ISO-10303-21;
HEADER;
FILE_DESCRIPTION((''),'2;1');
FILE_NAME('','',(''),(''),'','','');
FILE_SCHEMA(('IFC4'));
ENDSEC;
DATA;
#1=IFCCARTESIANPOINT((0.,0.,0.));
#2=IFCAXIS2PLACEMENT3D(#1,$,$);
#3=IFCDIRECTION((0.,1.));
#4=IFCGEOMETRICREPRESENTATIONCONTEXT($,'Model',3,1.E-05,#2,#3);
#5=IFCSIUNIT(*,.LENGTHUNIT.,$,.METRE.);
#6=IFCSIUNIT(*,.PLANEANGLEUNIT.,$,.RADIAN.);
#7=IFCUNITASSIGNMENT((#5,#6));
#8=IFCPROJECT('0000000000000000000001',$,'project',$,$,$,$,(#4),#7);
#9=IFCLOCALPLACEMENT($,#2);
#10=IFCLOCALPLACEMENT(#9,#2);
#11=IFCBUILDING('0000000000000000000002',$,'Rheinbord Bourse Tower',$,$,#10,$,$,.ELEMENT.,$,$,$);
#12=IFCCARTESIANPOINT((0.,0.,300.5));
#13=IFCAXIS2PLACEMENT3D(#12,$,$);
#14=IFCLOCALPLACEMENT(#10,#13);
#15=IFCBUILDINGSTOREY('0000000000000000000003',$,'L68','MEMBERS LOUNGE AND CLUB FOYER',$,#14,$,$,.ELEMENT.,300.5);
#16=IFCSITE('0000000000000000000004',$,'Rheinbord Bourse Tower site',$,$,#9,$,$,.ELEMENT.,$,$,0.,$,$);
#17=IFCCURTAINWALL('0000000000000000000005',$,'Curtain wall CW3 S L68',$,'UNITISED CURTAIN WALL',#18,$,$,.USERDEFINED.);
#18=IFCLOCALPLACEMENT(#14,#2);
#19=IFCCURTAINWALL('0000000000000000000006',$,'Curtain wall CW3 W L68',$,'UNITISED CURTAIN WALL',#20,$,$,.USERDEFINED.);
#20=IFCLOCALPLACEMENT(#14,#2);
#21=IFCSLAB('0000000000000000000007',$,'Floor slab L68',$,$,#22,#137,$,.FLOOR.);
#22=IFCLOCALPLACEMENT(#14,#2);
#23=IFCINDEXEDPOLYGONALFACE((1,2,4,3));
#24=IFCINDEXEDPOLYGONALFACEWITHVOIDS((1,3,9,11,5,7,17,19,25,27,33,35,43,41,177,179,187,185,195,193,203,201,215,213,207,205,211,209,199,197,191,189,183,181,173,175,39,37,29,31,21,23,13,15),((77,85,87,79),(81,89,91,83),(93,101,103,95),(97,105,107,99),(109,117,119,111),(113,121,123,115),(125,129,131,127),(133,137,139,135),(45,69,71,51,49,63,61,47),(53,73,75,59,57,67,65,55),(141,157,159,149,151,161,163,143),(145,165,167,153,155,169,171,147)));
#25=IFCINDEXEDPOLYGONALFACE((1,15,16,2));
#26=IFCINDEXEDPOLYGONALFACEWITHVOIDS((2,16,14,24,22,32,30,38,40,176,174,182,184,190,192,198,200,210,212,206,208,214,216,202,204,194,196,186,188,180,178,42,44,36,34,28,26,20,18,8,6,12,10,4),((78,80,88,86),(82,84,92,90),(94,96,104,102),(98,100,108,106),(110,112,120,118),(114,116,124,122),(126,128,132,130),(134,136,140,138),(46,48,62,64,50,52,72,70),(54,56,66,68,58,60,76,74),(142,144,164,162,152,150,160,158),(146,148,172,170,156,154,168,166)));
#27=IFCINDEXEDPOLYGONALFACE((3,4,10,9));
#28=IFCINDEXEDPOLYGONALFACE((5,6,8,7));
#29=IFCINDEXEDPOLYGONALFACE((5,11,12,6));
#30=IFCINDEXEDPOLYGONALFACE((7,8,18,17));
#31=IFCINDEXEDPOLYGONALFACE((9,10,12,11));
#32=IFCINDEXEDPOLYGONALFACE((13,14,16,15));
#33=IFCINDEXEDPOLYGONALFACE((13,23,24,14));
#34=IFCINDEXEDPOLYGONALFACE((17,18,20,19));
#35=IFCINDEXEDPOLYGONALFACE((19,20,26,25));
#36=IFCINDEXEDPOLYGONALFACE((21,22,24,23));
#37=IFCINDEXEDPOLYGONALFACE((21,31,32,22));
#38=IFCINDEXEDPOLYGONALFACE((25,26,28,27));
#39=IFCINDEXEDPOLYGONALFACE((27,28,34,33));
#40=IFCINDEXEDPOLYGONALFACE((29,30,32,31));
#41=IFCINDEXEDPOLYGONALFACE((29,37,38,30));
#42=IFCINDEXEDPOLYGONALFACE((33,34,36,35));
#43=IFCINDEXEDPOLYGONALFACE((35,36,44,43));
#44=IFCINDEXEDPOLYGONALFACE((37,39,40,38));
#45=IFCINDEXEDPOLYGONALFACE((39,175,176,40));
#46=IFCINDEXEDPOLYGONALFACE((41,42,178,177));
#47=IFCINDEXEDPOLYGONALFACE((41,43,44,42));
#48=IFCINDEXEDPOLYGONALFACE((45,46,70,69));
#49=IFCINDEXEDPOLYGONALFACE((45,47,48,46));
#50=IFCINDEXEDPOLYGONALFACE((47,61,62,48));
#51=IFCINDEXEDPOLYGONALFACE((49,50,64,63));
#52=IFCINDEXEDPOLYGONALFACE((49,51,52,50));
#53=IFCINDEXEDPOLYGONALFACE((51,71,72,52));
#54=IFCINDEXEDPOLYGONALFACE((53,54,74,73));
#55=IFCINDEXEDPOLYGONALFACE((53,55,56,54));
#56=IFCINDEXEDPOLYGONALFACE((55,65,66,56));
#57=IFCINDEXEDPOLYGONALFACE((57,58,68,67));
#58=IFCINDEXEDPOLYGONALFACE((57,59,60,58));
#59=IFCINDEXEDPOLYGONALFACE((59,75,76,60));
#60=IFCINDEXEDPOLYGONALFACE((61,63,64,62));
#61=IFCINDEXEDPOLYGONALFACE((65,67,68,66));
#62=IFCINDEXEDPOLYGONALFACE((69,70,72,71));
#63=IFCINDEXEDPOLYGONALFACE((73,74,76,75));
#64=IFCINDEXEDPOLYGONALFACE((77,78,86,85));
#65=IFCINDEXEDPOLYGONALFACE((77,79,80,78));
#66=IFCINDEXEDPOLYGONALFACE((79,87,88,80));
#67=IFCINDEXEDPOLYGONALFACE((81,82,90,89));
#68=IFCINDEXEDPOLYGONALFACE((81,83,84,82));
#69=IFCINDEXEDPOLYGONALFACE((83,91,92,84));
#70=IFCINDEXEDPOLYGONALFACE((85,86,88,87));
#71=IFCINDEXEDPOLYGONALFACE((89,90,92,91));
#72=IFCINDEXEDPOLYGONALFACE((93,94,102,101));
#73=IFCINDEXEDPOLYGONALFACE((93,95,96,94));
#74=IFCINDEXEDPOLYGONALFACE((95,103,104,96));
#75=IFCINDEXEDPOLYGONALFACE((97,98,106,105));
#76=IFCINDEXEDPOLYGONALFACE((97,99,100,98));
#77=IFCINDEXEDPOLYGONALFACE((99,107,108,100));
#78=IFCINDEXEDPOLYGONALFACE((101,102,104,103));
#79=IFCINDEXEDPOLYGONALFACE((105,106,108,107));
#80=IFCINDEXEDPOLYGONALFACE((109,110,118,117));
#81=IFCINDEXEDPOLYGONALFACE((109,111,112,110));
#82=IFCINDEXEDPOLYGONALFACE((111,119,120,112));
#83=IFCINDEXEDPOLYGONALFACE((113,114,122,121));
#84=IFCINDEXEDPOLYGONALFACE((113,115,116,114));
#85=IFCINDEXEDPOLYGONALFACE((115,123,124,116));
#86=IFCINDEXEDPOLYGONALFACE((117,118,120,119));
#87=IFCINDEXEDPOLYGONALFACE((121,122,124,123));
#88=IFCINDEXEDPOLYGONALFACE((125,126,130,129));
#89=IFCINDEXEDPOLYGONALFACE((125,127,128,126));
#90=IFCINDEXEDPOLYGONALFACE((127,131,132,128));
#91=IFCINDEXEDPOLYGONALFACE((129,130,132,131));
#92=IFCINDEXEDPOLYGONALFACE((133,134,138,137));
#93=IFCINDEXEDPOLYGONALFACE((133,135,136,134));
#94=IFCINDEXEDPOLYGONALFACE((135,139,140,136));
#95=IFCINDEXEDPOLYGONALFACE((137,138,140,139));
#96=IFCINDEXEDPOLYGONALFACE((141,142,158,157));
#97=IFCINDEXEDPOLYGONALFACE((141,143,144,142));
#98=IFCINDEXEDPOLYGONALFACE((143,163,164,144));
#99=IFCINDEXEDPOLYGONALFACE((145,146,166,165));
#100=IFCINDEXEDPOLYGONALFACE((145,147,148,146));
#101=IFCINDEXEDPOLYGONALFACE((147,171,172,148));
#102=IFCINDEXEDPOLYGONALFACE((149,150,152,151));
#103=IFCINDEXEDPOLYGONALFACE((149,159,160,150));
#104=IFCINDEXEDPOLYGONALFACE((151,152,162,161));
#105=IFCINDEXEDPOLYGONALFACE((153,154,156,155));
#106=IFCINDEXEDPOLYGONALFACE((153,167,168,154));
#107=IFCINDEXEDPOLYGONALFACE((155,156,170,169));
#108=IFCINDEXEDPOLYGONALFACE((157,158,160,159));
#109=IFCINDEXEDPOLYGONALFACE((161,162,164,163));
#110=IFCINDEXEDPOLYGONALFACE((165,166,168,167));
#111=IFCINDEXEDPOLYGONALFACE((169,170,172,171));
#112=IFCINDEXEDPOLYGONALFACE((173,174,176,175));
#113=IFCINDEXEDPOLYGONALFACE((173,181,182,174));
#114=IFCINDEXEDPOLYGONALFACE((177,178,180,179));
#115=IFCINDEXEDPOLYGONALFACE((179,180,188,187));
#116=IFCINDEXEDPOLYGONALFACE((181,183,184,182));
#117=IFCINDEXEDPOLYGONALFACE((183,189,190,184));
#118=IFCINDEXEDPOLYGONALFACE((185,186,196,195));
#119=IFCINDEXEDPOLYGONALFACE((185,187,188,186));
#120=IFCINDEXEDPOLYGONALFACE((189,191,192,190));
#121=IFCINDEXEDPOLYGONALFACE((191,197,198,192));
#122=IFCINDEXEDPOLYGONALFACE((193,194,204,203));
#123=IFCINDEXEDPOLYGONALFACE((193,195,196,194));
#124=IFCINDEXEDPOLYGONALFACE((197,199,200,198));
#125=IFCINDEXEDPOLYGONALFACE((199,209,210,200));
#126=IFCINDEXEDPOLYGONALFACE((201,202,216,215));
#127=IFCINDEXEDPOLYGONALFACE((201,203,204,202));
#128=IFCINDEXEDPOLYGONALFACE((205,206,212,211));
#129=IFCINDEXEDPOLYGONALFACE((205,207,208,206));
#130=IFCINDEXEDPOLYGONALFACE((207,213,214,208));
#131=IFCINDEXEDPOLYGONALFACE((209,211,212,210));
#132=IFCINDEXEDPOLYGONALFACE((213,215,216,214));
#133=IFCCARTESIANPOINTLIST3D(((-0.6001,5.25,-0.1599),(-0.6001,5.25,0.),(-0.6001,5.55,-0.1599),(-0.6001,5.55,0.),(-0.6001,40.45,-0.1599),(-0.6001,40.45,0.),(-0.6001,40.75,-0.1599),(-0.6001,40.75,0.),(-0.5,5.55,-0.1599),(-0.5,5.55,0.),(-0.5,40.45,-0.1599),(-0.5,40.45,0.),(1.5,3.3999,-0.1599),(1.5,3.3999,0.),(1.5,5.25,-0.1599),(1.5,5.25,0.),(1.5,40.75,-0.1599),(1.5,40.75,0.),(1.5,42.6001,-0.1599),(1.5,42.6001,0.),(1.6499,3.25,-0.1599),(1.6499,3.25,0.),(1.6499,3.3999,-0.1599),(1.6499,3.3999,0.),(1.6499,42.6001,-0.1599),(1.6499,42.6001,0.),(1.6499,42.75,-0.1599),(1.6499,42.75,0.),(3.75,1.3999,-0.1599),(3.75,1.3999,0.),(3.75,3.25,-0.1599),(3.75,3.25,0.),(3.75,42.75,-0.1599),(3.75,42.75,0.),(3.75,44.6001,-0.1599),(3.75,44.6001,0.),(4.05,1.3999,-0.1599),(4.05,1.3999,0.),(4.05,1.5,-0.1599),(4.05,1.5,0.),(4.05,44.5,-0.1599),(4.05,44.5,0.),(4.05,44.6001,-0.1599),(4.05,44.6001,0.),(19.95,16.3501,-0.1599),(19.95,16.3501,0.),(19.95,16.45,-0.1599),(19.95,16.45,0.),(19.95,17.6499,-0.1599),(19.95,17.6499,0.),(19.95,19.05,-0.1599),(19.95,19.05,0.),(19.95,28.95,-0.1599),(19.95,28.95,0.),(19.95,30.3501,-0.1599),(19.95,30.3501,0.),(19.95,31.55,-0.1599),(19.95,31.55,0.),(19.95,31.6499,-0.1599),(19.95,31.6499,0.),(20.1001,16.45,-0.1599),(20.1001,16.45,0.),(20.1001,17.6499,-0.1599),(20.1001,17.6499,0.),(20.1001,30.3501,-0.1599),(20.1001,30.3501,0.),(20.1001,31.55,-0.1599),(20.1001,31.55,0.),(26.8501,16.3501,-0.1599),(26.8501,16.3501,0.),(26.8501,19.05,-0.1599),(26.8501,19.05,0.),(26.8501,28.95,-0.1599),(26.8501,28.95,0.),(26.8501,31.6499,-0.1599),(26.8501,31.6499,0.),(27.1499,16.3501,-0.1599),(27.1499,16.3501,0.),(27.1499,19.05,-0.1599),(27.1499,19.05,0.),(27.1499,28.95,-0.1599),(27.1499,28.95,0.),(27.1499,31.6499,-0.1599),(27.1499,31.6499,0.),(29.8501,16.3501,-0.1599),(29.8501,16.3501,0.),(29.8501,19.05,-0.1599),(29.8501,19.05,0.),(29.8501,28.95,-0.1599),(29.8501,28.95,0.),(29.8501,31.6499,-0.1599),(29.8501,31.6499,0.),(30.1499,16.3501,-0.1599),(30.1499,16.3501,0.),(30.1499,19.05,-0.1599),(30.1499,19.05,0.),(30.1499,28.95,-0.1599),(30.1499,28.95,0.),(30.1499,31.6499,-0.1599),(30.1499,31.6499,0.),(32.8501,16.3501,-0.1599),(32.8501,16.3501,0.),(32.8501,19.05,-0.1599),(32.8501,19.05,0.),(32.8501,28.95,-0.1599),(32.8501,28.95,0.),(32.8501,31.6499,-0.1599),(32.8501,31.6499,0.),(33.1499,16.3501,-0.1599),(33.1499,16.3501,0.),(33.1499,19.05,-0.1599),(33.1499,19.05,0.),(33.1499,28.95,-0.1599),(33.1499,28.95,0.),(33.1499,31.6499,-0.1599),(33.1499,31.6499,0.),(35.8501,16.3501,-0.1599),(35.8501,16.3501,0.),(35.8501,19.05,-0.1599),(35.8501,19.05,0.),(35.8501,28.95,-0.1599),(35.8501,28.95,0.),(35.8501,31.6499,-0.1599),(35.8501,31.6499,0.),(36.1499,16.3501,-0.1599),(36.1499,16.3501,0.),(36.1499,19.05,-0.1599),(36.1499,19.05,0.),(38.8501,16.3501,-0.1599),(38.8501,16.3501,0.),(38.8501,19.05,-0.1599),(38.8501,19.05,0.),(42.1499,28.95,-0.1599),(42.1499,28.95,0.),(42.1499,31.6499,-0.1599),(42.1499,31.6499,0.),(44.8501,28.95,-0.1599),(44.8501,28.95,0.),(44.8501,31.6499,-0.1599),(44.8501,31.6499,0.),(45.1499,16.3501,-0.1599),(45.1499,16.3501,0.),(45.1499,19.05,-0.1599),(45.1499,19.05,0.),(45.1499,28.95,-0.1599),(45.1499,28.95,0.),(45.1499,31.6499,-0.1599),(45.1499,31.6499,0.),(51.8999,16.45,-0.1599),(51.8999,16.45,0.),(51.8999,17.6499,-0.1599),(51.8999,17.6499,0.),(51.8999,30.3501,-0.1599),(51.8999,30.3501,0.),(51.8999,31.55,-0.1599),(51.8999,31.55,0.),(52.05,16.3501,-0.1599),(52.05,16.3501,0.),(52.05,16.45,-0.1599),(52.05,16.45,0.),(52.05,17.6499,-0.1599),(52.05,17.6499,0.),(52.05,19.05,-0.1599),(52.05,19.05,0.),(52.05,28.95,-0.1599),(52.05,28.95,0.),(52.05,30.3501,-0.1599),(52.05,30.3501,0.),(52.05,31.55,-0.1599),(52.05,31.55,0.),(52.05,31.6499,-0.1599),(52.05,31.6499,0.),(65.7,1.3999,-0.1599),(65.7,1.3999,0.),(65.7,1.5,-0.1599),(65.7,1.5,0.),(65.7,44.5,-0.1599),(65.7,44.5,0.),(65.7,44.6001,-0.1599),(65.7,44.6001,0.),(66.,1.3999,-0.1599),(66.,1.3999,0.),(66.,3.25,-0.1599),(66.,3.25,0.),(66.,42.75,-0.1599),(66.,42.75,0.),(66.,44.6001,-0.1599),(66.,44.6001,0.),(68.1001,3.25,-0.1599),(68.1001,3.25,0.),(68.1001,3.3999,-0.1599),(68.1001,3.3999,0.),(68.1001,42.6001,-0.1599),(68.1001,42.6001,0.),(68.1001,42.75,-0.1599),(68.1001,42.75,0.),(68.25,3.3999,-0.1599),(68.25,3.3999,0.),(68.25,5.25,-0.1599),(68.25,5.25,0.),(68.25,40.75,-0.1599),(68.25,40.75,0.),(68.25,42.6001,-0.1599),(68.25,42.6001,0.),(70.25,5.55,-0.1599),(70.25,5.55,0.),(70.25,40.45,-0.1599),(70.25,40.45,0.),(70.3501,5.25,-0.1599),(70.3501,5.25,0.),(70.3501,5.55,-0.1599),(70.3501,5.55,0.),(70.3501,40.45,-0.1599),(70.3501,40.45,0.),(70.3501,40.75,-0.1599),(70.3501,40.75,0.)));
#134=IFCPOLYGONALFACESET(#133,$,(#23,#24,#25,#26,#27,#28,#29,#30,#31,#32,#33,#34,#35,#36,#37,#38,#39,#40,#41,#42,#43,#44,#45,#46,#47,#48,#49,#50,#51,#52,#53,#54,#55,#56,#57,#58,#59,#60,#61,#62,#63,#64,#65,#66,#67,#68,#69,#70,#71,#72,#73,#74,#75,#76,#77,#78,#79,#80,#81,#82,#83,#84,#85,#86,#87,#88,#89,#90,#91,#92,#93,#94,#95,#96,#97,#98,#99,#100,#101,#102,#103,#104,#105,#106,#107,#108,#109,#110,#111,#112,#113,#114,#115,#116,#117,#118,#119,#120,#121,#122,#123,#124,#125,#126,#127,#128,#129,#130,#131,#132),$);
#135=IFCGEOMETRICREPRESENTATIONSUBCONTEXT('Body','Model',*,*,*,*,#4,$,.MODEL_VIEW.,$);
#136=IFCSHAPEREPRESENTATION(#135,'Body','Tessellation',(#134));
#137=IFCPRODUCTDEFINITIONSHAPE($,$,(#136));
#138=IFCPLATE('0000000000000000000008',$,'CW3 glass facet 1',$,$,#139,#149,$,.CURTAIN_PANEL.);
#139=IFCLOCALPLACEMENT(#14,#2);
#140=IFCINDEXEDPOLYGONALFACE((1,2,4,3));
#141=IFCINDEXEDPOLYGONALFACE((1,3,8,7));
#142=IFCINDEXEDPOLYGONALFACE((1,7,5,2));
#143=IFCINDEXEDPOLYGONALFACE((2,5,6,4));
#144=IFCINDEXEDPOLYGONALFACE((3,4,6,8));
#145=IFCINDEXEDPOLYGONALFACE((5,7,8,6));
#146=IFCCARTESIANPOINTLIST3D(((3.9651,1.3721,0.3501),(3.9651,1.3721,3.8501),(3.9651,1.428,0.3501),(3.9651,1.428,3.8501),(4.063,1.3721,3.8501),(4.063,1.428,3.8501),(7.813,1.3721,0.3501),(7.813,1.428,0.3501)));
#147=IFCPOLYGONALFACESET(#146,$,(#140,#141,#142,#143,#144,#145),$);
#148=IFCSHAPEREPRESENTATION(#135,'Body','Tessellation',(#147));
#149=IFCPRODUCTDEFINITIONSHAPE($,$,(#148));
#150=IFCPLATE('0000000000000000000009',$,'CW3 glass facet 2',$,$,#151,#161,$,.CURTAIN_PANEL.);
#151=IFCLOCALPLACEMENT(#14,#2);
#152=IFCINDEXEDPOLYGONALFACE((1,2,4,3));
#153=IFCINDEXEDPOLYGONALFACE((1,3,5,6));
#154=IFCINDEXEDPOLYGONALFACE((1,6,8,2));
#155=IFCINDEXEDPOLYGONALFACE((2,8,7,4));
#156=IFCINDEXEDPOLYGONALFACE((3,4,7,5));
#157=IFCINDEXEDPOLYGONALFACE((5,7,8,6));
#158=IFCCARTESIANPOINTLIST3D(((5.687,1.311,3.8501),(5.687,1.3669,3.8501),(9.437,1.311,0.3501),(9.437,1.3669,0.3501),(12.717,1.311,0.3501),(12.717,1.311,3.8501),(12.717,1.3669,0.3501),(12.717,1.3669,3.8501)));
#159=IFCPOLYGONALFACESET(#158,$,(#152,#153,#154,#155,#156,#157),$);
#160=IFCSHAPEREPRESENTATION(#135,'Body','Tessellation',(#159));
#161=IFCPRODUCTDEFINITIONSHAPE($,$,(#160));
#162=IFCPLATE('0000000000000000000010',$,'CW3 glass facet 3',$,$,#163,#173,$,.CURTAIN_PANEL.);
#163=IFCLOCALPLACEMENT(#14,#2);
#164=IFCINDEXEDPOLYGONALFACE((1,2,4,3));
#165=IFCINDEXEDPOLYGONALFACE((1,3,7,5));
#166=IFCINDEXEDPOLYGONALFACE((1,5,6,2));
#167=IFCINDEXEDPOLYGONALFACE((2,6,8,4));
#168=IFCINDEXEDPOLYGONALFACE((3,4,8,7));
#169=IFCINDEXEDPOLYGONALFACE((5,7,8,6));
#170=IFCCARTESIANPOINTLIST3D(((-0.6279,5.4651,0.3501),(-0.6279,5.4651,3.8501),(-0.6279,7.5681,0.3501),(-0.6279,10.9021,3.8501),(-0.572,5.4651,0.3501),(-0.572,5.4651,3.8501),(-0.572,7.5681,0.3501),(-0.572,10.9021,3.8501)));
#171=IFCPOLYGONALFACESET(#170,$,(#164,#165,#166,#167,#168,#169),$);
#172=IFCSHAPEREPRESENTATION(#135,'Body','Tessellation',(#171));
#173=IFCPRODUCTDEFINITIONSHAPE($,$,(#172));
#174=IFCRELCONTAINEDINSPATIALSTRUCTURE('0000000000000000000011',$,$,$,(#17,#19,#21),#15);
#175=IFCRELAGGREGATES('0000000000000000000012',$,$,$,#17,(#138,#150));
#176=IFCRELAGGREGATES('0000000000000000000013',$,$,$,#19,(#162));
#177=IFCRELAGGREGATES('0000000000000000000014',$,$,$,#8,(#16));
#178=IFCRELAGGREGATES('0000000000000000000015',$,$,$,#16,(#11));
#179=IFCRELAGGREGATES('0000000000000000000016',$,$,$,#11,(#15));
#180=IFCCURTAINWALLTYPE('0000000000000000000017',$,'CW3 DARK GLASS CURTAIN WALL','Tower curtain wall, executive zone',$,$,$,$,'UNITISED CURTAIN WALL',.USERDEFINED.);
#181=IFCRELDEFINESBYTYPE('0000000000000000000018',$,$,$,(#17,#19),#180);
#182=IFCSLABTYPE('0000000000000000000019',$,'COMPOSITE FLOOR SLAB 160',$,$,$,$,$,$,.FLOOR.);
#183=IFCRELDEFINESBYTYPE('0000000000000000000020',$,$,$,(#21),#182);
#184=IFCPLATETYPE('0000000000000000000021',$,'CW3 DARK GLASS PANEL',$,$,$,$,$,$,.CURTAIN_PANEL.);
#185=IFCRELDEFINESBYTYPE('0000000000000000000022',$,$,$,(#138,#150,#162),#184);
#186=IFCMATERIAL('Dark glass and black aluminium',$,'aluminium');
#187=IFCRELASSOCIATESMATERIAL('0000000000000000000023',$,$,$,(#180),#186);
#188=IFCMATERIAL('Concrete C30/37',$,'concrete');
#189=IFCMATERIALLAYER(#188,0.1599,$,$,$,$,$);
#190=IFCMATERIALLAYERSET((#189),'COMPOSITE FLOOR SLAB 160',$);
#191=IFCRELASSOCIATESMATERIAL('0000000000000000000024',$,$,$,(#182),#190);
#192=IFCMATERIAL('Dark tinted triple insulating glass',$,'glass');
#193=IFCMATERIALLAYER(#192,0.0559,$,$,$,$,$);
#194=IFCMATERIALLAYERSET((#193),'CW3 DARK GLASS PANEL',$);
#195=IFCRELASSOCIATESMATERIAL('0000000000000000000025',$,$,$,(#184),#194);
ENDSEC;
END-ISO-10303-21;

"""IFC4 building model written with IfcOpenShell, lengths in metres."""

from ifc_helpers import new_model, si_unit, direction, frame, origin, place, context, subcontext, project, spatial, polyline, outline, extrude, material, layer, layer_set, type_object, element, aggregate, save


model = new_model("IFC4")

# Units and contexts
model_context = context("Model", 3, precision=1e-05, world=origin(), true_north=direction((0.0, 1.0)))
body_context = subcontext(model_context, "Body", "Model", "MODEL_VIEW")
ifc_project = project(units=[si_unit("LENGTHUNIT", "METRE"), si_unit("PLANEANGLEUNIT", "RADIAN")], contexts=[model_context])

# Site, building, storey
site_placement = place(None, origin())
site = spatial("IfcSite", under=ifc_project, at=site_placement, Name="Rheinbord Bourse Tower site", CompositionType="ELEMENT", RefElevation=0.0)
building_placement = place(site_placement, origin())
building = spatial("IfcBuilding", under=site, at=building_placement, Name="Rheinbord Bourse Tower", CompositionType="ELEMENT")
storey_placement = place(building_placement, frame((0.0, 0.0, 300.5)))
storey = spatial("IfcBuildingStorey", under=building, at=storey_placement, Name="L68", Description="MEMBERS LOUNGE AND CLUB FOYER", CompositionType="ELEMENT", Elevation=300.5)

# Curtain wall
ifc_material_1 = material(Name="Dark glass and black aluminium", Category="aluminium")
curtain_wall_type = type_object("IfcCurtainWallType", Name="CW3 DARK GLASS CURTAIN WALL", Description="Tower curtain wall, executive zone", ElementType="UNITISED CURTAIN WALL", PredefinedType="USERDEFINED", material=ifc_material_1)
curtain_wall_1_placement = place(storey_placement, origin())
curtain_wall_1 = element("IfcCurtainWall", 1, at=curtain_wall_1_placement, inside=storey, type_object=curtain_wall_type, Name="Curtain wall CW3 S L68", ObjectType="UNITISED CURTAIN WALL", PredefinedType="USERDEFINED")

# Curtain wall
curtain_wall_2_placement = place(storey_placement, origin())
curtain_wall_2 = element("IfcCurtainWall", 2, at=curtain_wall_2_placement, inside=storey, type_object=curtain_wall_type, Name="Curtain wall CW3 W L68", ObjectType="UNITISED CURTAIN WALL", PredefinedType="USERDEFINED")

# Slab
ifc_material_2 = material(Name="Concrete C30/37", Category="concrete")
ifc_layer_1 = layer(ifc_material_2, 0.1599)
ifc_layer_set_1 = layer_set([ifc_layer_1], Name="COMPOSITE FLOOR SLAB 160")
slab_type_1 = type_object("IfcSlabType", Name="COMPOSITE FLOOR SLAB 160", PredefinedType="FLOOR", material=ifc_layer_set_1)
slab_1_placement = place(storey_placement, frame((0.0, 0.0, -0.1599)))
element("IfcSlab", 3, at=slab_1_placement, inside=storey, type_object=slab_type_1, Name="Floor slab L68", PredefinedType="FLOOR", context=body_context, shape_type="SweptSolid", body=[
    extrude(outline(polyline([(1.6499, 3.3999), (1.5, 3.3999), (1.5, 5.25), (-0.6001, 5.25), (-0.6001, 5.55), (-0.5, 5.55), (-0.5, 40.45), (-0.6001, 40.45), (-0.6001, 40.75), (1.5, 40.75), (1.5, 42.6001), (1.6499, 42.6001), (1.6499, 42.75), (3.75, 42.75), (3.75, 44.6001), (4.05, 44.6001), (4.05, 44.5), (65.7, 44.5), (65.7, 44.6001), (66.0, 44.6001), (66.0, 42.75), (68.1001, 42.75), (68.1001, 42.6001), (68.25, 42.6001), (68.25, 40.75), (70.3501, 40.75), (70.3501, 40.45), (70.25, 40.45), (70.25, 5.55), (70.3501, 5.55), (70.3501, 5.25), (68.25, 5.25), (68.25, 3.3999), (68.1001, 3.3999), (68.1001, 3.25), (66.0, 3.25), (66.0, 1.3999), (65.7, 1.3999), (65.7, 1.5), (4.05, 1.5), (4.05, 1.3999), (3.75, 1.3999), (3.75, 3.25), (1.6499, 3.25), (1.6499, 3.3999)]), holes=[polyline([(19.95, 19.05), (26.8501, 19.05), (26.8501, 16.3501), (19.95, 16.3501), (19.95, 16.45), (20.1001, 16.45), (20.1001, 17.6499), (19.95, 17.6499), (19.95, 19.05)]), polyline([(19.95, 31.6499), (26.8501, 31.6499), (26.8501, 28.95), (19.95, 28.95), (19.95, 30.3501), (20.1001, 30.3501), (20.1001, 31.55), (19.95, 31.55), (19.95, 31.6499)]), polyline([(52.05, 16.3501), (45.1499, 16.3501), (45.1499, 19.05), (52.05, 19.05), (52.05, 17.6499), (51.8999, 17.6499), (51.8999, 16.45), (52.05, 16.45), (52.05, 16.3501)]), polyline([(52.05, 28.95), (45.1499, 28.95), (45.1499, 31.6499), (52.05, 31.6499), (52.05, 31.55), (51.8999, 31.55), (51.8999, 30.3501), (52.05, 30.3501), (52.05, 28.95)]), polyline([(27.1499, 16.3501), (27.1499, 19.05), (29.8501, 19.05), (29.8501, 16.3501), (27.1499, 16.3501)]), polyline([(27.1499, 28.95), (27.1499, 31.6499), (29.8501, 31.6499), (29.8501, 28.95), (27.1499, 28.95)]), polyline([(30.1499, 16.3501), (30.1499, 19.05), (32.8501, 19.05), (32.8501, 16.3501), (30.1499, 16.3501)]), polyline([(30.1499, 28.95), (30.1499, 31.6499), (32.8501, 31.6499), (32.8501, 28.95), (30.1499, 28.95)]), polyline([(33.1499, 16.3501), (33.1499, 19.05), (35.8501, 19.05), (35.8501, 16.3501), (33.1499, 16.3501)]), polyline([(33.1499, 28.95), (33.1499, 31.6499), (35.8501, 31.6499), (35.8501, 28.95), (33.1499, 28.95)]), polyline([(36.1499, 16.3501), (36.1499, 19.05), (38.8501, 19.05), (38.8501, 16.3501), (36.1499, 16.3501)]), polyline([(42.1499, 28.95), (42.1499, 31.6499), (44.8501, 31.6499), (44.8501, 28.95), (42.1499, 28.95)])]), origin(), (0.0, 0.0, 1.0), 0.1599),
])

# Plates
ifc_material_3 = material(Name="Dark tinted triple insulating glass", Category="glass")
ifc_layer_2 = layer(ifc_material_3, 0.0559)
ifc_layer_set_2 = layer_set([ifc_layer_2], Name="CW3 DARK GLASS PANEL")
plate_type = type_object("IfcPlateType", Name="CW3 DARK GLASS PANEL", PredefinedType="CURTAIN_PANEL", material=ifc_layer_set_2)
plate_1_placement = place(storey_placement, frame((3.9651, 1.3721, 0.3501), z_axis=(0.0, 1.0, 0.0), x_axis=(0.0, 0.0, 1.0)))
plate_1 = element("IfcPlate", 4, at=plate_1_placement, type_object=plate_type, Name="CW3 glass facet 1", PredefinedType="CURTAIN_PANEL", context=body_context, shape_type="SweptSolid", body=[
    extrude(outline(polyline([(0.0, 0.0), (3.5, 0.0), (3.5, 0.0979), (0.0, 3.8479), (0.0, 0.0)])), origin(), (0.0, 0.0, 1.0), 0.0559),
])
plate_2_placement = place(storey_placement, frame((12.717, 1.311, 3.8501), z_axis=(0.0, 1.0, 0.0), x_axis=(0.0, 0.0, -1.0)))
plate_2 = element("IfcPlate", 5, at=plate_2_placement, type_object=plate_type, Name="CW3 glass facet 2", PredefinedType="CURTAIN_PANEL", context=body_context, shape_type="SweptSolid", body=[
    extrude(outline(polyline([(0.0, 0.0), (3.5, 0.0), (3.5, 3.28), (0.0, 7.03), (0.0, 0.0)])), origin(), (0.0, 0.0, 1.0), 0.0559),
])
aggregate(curtain_wall_1, [plate_1, plate_2])
plate_3_placement = place(storey_placement, frame((-0.6279, 5.4651, 3.8501), z_axis=(1.0, 0.0, 0.0), x_axis=(0.0, 0.0, -1.0)))
plate_3 = element("IfcPlate", 6, at=plate_3_placement, type_object=plate_type, Name="CW3 glass facet 3", PredefinedType="CURTAIN_PANEL", context=body_context, shape_type="SweptSolid", body=[
    extrude(outline(polyline([(0.0, 0.0), (3.5, 0.0), (3.5, 2.103), (0.0, 5.437), (0.0, 0.0)])), origin(), (0.0, 0.0, 1.0), 0.0559),
])
aggregate(curtain_wall_2, [plate_3])

save(model, "model.ifc")
